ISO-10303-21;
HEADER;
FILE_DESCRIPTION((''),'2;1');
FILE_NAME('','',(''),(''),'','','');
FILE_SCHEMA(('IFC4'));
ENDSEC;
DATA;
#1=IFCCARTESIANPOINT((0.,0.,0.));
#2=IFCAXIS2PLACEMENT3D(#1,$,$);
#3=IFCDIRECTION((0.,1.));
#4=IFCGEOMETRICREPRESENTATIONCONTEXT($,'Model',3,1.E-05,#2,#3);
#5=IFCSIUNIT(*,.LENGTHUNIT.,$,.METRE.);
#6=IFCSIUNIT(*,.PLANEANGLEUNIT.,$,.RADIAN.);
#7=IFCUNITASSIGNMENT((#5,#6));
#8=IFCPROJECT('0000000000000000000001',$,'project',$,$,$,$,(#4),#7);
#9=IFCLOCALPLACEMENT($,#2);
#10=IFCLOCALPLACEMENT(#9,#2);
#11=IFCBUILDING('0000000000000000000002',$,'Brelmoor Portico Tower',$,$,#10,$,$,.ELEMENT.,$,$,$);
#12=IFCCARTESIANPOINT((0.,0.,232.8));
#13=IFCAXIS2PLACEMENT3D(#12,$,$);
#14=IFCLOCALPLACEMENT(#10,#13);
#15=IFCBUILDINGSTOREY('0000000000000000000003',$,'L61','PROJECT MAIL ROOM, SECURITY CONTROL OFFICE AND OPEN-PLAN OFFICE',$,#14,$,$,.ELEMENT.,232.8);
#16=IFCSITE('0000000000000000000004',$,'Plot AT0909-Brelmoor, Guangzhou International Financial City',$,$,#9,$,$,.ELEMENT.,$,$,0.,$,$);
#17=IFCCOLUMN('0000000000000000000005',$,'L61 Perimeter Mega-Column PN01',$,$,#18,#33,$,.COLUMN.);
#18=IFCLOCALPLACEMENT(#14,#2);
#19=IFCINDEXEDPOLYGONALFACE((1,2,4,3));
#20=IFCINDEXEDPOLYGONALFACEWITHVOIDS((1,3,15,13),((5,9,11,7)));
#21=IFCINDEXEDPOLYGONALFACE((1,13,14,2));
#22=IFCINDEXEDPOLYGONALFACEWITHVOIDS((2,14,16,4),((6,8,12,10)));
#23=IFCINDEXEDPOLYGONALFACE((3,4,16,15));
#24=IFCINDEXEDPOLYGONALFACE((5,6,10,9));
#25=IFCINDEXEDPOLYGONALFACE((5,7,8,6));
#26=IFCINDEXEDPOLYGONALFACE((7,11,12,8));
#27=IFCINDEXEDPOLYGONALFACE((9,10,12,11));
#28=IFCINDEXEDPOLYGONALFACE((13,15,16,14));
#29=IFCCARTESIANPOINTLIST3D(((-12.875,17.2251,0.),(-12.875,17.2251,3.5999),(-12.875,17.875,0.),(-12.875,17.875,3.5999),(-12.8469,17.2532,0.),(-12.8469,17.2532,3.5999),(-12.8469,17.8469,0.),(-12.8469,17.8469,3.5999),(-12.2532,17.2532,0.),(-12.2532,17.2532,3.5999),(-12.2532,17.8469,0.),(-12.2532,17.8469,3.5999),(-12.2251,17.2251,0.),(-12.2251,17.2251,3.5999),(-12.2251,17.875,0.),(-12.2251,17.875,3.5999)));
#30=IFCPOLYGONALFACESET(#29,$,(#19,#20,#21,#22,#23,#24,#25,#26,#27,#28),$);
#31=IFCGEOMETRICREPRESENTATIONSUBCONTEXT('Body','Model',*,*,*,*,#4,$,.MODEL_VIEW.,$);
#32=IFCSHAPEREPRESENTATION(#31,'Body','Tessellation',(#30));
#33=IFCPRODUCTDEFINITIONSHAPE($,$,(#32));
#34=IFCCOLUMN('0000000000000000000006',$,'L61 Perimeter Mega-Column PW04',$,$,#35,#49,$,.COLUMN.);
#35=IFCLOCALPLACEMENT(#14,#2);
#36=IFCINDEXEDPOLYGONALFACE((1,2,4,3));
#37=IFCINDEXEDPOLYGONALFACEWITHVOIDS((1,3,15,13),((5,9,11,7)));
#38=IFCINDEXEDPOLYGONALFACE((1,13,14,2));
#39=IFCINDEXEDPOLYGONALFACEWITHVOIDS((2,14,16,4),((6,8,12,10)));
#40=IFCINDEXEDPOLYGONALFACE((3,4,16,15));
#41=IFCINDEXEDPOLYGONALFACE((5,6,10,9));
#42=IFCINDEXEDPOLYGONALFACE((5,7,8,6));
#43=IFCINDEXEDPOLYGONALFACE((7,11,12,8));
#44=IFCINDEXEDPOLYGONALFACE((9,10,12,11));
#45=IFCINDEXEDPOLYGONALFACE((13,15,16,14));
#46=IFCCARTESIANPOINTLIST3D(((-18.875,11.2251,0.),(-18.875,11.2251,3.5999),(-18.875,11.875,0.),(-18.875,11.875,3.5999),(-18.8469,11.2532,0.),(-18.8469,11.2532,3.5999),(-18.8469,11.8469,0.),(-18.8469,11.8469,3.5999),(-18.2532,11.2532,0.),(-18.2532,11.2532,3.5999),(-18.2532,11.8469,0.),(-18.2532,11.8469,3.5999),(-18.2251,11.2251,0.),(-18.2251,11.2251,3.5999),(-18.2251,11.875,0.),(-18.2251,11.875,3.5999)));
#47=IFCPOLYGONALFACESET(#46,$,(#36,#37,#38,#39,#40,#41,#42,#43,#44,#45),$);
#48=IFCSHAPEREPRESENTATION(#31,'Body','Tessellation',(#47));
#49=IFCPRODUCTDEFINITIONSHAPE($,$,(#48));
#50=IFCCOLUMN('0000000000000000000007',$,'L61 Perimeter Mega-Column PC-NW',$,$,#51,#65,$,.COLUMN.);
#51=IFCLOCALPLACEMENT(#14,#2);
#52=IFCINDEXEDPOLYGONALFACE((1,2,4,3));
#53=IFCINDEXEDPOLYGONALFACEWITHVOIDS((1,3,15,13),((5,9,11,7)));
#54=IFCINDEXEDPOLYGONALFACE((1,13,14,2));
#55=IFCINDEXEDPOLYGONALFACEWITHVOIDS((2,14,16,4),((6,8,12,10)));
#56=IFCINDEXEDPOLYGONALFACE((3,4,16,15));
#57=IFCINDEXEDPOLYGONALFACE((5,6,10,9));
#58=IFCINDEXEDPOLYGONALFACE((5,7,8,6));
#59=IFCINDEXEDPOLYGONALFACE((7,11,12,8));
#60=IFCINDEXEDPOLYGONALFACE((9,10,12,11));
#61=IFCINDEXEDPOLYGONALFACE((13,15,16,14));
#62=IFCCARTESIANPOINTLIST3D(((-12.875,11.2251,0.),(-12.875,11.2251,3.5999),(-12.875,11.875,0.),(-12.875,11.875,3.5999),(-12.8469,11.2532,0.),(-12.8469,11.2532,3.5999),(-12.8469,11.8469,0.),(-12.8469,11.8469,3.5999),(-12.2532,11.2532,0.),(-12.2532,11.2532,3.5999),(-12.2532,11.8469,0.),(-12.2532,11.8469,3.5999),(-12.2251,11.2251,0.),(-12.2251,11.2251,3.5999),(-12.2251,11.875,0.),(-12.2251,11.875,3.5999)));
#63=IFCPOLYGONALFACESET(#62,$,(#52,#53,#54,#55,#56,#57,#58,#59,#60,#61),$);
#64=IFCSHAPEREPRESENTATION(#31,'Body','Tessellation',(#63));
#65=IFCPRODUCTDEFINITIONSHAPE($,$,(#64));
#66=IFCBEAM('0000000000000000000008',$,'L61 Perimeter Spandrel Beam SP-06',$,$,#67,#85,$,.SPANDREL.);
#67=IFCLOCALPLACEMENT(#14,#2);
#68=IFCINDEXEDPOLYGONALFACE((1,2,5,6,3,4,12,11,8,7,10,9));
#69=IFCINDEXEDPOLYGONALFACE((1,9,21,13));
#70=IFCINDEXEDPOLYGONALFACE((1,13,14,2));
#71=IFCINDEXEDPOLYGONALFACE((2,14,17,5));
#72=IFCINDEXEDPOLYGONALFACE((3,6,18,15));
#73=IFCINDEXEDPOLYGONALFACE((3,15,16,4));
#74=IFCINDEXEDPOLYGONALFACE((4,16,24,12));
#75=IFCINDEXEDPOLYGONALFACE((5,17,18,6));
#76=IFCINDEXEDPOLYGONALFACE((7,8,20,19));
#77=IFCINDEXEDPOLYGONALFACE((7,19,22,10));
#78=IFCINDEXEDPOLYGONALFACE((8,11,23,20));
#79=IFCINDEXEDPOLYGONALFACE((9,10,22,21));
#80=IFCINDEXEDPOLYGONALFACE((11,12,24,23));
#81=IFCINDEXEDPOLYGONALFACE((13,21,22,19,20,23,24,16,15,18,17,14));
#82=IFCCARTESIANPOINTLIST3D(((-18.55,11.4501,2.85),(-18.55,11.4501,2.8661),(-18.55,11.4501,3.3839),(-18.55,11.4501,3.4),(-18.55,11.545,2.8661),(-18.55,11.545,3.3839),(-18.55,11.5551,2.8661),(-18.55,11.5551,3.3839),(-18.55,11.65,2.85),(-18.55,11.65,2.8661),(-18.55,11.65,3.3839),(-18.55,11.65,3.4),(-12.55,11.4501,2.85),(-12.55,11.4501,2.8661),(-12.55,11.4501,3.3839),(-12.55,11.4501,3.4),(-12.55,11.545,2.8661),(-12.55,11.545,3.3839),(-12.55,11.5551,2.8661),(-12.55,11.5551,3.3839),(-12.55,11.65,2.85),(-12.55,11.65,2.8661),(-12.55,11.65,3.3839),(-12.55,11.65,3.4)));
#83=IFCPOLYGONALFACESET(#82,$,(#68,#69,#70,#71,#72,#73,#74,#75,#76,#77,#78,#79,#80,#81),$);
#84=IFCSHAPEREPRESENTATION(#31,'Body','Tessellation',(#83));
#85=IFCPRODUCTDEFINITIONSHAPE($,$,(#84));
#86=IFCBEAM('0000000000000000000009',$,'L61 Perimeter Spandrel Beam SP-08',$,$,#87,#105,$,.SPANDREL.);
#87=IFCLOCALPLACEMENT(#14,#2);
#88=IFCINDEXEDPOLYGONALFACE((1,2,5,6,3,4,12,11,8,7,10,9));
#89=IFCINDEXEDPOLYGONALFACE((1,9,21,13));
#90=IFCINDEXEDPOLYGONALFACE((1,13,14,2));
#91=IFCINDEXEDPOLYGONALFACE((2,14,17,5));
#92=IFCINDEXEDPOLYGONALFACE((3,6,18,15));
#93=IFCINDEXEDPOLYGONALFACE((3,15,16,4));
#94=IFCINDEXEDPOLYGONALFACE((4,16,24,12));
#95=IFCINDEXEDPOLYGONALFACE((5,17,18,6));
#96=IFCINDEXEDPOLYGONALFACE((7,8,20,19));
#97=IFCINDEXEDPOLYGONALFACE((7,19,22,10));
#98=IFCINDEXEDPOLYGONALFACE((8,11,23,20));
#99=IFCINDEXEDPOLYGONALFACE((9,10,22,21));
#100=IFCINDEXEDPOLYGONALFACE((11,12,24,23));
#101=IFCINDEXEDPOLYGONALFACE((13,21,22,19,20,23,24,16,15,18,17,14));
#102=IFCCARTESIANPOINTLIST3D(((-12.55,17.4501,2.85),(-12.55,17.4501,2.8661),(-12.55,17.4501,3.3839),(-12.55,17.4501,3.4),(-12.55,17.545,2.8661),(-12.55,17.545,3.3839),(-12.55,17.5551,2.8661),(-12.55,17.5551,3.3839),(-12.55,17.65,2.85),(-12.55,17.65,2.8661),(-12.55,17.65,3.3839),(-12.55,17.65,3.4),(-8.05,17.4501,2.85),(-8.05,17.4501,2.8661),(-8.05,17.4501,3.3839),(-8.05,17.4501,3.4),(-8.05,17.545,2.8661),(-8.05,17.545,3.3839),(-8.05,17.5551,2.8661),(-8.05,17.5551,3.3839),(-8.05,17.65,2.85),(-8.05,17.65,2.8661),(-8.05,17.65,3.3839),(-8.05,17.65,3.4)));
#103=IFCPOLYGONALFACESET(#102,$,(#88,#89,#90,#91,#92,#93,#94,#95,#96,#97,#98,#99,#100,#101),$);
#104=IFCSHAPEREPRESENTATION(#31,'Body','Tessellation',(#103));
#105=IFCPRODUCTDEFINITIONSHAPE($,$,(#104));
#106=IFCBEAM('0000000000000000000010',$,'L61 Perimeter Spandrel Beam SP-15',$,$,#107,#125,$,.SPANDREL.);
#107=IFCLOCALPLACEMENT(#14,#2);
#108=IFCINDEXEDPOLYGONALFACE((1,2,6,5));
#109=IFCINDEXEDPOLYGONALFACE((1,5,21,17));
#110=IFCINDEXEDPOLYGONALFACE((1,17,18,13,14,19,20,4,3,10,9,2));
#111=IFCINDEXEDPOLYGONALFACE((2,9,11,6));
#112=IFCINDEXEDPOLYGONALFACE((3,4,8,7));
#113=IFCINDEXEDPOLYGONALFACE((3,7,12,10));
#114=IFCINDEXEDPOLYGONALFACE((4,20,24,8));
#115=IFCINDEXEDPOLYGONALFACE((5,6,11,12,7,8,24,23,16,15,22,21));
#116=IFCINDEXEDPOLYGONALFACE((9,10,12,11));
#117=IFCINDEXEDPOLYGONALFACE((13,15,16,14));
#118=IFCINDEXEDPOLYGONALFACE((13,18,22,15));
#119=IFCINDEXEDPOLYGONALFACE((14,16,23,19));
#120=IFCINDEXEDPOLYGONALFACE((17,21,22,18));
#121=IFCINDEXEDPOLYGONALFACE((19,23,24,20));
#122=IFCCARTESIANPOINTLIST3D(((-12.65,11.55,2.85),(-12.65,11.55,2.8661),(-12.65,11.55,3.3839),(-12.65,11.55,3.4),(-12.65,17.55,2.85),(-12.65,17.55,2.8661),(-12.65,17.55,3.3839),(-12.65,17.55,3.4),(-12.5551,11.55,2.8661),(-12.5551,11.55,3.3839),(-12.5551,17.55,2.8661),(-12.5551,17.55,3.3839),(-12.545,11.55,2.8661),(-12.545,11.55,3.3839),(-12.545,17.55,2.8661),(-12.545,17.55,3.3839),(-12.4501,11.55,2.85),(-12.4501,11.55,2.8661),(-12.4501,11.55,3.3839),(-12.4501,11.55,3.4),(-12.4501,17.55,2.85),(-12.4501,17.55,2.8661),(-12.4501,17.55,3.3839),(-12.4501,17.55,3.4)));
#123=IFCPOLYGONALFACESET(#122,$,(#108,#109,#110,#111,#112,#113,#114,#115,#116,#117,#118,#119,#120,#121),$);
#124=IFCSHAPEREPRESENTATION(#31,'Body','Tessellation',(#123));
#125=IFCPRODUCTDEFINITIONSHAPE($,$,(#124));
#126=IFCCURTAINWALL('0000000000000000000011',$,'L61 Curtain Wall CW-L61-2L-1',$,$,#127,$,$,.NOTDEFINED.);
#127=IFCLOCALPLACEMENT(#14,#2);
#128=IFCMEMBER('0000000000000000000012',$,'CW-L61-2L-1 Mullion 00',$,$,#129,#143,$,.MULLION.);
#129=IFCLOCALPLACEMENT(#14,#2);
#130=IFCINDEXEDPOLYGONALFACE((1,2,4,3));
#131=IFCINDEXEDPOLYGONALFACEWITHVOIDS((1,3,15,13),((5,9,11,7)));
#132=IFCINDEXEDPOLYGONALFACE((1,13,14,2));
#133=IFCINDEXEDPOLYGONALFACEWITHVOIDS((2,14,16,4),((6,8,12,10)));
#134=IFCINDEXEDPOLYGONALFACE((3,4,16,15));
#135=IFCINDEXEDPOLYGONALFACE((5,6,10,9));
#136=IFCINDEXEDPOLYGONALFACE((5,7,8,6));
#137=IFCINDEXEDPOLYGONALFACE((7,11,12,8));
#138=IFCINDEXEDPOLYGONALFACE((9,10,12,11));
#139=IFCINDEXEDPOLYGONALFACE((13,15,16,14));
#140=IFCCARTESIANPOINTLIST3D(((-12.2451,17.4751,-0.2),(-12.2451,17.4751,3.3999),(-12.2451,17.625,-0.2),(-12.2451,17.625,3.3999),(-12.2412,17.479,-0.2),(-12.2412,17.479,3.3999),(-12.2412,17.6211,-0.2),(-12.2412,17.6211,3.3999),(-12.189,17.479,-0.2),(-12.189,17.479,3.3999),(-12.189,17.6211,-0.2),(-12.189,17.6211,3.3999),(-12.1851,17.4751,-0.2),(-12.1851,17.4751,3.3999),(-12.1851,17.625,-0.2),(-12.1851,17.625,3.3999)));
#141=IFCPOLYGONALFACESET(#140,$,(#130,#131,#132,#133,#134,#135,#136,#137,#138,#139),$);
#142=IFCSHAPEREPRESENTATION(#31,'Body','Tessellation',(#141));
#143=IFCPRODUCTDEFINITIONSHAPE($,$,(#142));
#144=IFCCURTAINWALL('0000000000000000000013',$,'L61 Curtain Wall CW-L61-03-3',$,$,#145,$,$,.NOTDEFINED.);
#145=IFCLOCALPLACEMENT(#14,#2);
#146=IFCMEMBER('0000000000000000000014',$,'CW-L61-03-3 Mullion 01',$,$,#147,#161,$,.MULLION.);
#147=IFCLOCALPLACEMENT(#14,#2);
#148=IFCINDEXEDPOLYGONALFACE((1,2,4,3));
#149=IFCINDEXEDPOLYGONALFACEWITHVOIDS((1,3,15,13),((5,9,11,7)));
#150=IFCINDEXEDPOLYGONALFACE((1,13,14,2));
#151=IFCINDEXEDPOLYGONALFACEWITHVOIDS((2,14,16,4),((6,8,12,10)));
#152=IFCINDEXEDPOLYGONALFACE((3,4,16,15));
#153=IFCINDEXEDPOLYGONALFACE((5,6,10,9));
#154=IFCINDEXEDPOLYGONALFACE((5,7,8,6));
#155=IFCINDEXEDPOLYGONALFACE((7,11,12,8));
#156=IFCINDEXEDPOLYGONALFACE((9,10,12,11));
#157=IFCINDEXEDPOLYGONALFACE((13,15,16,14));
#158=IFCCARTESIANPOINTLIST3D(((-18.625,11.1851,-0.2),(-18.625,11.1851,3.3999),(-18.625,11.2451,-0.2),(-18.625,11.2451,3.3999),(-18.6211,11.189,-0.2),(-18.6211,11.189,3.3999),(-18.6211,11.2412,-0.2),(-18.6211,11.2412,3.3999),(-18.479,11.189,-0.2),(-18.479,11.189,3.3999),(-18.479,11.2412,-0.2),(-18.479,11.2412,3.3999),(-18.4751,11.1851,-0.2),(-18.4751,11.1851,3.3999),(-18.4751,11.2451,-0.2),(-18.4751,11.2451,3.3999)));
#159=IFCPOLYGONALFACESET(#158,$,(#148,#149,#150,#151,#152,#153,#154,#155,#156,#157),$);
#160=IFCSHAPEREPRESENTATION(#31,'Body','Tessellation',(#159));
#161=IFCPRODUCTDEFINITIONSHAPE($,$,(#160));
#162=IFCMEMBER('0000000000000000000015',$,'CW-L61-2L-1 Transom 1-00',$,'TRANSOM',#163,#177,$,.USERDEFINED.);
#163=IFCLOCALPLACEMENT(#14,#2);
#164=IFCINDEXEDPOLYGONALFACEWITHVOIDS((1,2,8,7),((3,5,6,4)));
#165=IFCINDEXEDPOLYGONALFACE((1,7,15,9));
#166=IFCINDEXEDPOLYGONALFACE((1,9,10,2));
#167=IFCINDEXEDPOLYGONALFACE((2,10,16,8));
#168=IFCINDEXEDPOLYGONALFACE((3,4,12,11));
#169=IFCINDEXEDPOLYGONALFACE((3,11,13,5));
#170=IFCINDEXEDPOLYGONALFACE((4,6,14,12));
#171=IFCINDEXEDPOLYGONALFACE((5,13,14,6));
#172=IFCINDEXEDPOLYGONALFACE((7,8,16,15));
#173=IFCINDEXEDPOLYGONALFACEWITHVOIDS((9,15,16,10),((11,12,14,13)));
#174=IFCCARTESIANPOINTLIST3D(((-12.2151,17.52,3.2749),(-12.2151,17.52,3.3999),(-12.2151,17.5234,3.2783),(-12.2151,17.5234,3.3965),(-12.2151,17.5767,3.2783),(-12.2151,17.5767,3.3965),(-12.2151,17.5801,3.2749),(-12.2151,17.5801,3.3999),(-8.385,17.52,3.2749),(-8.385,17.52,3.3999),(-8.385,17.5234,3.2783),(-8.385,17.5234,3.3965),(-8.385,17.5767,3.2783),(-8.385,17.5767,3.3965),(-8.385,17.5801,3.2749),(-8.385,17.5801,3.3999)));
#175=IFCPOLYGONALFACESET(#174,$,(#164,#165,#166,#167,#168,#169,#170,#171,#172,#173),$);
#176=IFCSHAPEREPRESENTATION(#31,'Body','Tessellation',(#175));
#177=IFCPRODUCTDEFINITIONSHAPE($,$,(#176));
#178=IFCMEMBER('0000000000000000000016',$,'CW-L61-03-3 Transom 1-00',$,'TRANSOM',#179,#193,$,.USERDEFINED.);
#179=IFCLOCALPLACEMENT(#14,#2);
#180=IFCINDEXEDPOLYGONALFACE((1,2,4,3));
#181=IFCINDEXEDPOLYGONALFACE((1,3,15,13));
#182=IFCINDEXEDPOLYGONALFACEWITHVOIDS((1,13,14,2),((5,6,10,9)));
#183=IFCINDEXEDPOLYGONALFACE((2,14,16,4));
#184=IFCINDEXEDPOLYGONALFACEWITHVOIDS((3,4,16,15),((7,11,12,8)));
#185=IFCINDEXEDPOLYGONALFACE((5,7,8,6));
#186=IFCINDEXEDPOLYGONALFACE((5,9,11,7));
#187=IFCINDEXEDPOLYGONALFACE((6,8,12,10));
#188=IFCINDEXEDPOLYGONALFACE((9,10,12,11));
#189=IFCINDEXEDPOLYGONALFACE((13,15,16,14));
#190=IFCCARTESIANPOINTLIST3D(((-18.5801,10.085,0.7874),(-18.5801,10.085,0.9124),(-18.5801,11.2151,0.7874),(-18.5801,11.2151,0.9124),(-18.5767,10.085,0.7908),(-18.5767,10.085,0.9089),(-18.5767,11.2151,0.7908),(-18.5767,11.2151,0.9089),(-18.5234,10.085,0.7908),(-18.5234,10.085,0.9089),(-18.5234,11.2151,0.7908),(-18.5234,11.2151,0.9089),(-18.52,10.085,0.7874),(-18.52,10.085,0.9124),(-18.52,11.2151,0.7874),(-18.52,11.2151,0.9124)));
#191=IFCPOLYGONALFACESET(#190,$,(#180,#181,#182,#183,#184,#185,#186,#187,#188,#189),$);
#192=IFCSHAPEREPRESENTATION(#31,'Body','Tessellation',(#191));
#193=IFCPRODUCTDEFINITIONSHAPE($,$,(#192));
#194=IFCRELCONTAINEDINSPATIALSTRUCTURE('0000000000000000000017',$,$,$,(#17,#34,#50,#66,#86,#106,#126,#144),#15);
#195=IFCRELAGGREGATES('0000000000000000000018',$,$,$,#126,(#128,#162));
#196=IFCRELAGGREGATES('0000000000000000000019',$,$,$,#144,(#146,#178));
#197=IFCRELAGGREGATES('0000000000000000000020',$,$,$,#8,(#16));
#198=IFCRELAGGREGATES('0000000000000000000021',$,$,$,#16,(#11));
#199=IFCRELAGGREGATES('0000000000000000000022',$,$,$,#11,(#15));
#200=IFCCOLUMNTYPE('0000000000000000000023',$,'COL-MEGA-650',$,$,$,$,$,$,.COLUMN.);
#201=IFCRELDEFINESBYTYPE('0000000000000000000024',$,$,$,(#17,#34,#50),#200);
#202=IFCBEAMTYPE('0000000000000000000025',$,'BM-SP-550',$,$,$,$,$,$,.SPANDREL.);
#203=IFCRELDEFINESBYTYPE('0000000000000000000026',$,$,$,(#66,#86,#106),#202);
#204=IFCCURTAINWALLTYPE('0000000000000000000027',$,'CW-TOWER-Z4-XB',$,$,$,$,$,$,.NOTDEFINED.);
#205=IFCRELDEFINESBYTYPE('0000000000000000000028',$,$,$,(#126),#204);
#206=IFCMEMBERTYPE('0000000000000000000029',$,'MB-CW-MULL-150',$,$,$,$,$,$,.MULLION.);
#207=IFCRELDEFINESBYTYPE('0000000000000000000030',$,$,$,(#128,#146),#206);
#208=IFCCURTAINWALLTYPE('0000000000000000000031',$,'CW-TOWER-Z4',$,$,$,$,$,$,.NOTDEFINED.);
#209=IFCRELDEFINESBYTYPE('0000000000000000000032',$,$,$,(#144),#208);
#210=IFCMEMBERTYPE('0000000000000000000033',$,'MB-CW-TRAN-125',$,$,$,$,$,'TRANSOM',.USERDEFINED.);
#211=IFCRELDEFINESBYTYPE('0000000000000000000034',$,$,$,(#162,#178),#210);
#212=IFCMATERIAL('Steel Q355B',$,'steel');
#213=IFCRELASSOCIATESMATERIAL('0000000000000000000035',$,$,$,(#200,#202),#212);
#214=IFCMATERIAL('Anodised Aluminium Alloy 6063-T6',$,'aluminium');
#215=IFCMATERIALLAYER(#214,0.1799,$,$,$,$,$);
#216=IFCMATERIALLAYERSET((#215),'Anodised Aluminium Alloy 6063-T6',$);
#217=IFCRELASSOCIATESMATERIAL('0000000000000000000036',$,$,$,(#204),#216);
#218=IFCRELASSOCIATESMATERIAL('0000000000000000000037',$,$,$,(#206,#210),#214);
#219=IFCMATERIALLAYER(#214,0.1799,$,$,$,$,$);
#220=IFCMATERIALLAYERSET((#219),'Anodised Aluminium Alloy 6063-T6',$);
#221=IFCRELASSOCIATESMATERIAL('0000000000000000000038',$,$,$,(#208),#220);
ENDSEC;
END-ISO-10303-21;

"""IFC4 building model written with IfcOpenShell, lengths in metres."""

from ifc_helpers import new_model, si_unit, direction, frame, origin, origin_2d, place, context, subcontext, project, spatial, hollow_rectangle, i_section, extrude, material, layer, layer_set, material_profile, profile_set, type_object, element, aggregate, save


model = new_model("IFC4")

# Units and contexts
model_context = context("Model", 3, precision=1e-05, world=origin(), true_north=direction((0.0, 1.0)))
body_context = subcontext(model_context, "Body", "Model", "MODEL_VIEW")
ifc_project = project(units=[si_unit("LENGTHUNIT", "METRE"), si_unit("PLANEANGLEUNIT", "RADIAN")], contexts=[model_context])

# Site, building, storey
site_placement = place(None, origin())
site = spatial("IfcSite", under=ifc_project, at=site_placement, Name="Plot AT0909-Brelmoor, Guangzhou International Financial City", CompositionType="ELEMENT", RefElevation=0.0)
building_placement = place(site_placement, origin())
building = spatial("IfcBuilding", under=site, at=building_placement, Name="Brelmoor Portico Tower", CompositionType="ELEMENT")
storey_placement = place(building_placement, frame((0.0, 0.0, 232.8)))
storey = spatial("IfcBuildingStorey", under=building, at=storey_placement, Name="L61", Description="PROJECT MAIL ROOM, SECURITY CONTROL OFFICE AND OPEN-PLAN OFFICE", CompositionType="ELEMENT", Elevation=232.8)

# Columns
ifc_material_1 = material(Name="Steel Q355B", Category="steel")
ifc_material_profile_1 = material_profile(ifc_material_1, hollow_rectangle(XDim=0.6499, YDim=0.6499, WallThickness=0.0281, at=origin_2d()), Name="BOX 650x650x28")
ifc_profile_set_1 = profile_set([ifc_material_profile_1], Name="Steel Q355B")
column_type = type_object("IfcColumnType", Name="COL-MEGA-650", PredefinedType="COLUMN", material=ifc_profile_set_1)
for number, where, z_axis, x_axis, name in (
    (1, (-12.55, 17.55, 0.0), (0.0, 0.0, 1.0), (1.0, 0.0, 0.0), "L61 Perimeter Mega-Column PN01"),
    (2, (-18.55, 11.55, 0.0), (0.0, 0.0, 1.0), (0.0, 1.0, 0.0), "L61 Perimeter Mega-Column PW04"),
    (3, (-12.55, 11.55, 0.0), (0.0, 0.0, 1.0), (1.0, 0.0, 0.0), "L61 Perimeter Mega-Column PC-NW"),
):
    element("IfcColumn", number, at=place(storey_placement, frame(where, z_axis=z_axis, x_axis=x_axis)), inside=storey, type_object=column_type, Name=name, PredefinedType="COLUMN", context=body_context, shape_type="SweptSolid", body=[
        extrude(hollow_rectangle(XDim=0.6499, YDim=0.6499, WallThickness=0.0281, at=origin_2d()), origin(), (0.0, 0.0, 1.0), 3.5999),
    ])

# Beams
ifc_material_profile_2 = material_profile(ifc_material_1, i_section(OverallWidth=0.2, OverallDepth=0.55, WebThickness=0.01, FlangeThickness=0.0161, at=origin_2d()), Name="HN 550x200x10x16")
ifc_profile_set_2 = profile_set([ifc_material_profile_2], Name="Steel Q355B")
beam_type = type_object("IfcBeamType", Name="BM-SP-550", PredefinedType="SPANDREL", material=ifc_profile_set_2)
beam_1_placement = place(storey_placement, frame((-18.55, 11.55, 3.125), z_axis=(1.0, 0.0, 0.0), x_axis=(0.0, 1.0, 0.0)))
element("IfcBeam", 4, at=beam_1_placement, inside=storey, type_object=beam_type, Name="L61 Perimeter Spandrel Beam SP-06", PredefinedType="SPANDREL", context=body_context, shape_type="SweptSolid", body=[
    extrude(i_section(OverallWidth=0.2, OverallDepth=0.55, WebThickness=0.01, FlangeThickness=0.0161, at=origin_2d()), origin(), (0.0, 0.0, 1.0), 6.0),
])
beam_2_placement = place(storey_placement, frame((-12.55, 17.55, 3.125), z_axis=(1.0, 0.0, 0.0), x_axis=(0.0, 1.0, 0.0)))
element("IfcBeam", 5, at=beam_2_placement, inside=storey, type_object=beam_type, Name="L61 Perimeter Spandrel Beam SP-08", PredefinedType="SPANDREL", context=body_context, shape_type="SweptSolid", body=[
    extrude(i_section(OverallWidth=0.2, OverallDepth=0.55, WebThickness=0.01, FlangeThickness=0.0161, at=origin_2d()), origin(), (0.0, 0.0, 1.0), 4.5),
])
beam_3_placement = place(storey_placement, frame((-12.55, 11.55, 3.125), z_axis=(0.0, 1.0, 0.0), x_axis=(-1.0, 0.0, 0.0)))
element("IfcBeam", 6, at=beam_3_placement, inside=storey, type_object=beam_type, Name="L61 Perimeter Spandrel Beam SP-15", PredefinedType="SPANDREL", context=body_context, shape_type="SweptSolid", body=[
    extrude(i_section(OverallWidth=0.2, OverallDepth=0.55, WebThickness=0.01, FlangeThickness=0.0161, at=origin_2d()), origin(), (0.0, 0.0, 1.0), 6.0),
])

# Curtain walls, members
ifc_material_2 = material(Name="Anodised Aluminium Alloy 6063-T6", Category="aluminium")
ifc_layer_1 = layer(ifc_material_2, 0.1799)
ifc_layer_set_1 = layer_set([ifc_layer_1], Name="Anodised Aluminium Alloy 6063-T6")
curtain_wall_type_1 = type_object("IfcCurtainWallType", Name="CW-TOWER-Z4-XB", PredefinedType="NOTDEFINED", material=ifc_layer_set_1)
curtain_wall_1_placement = place(storey_placement, origin())
curtain_wall_1 = element("IfcCurtainWall", 7, at=curtain_wall_1_placement, inside=storey, type_object=curtain_wall_type_1, Name="L61 Curtain Wall CW-L61-2L-1", PredefinedType="NOTDEFINED")
ifc_material_profile_3 = material_profile(ifc_material_2, hollow_rectangle(XDim=0.0601, YDim=0.1499, WallThickness=0.0039, at=origin_2d()), Name="ALU MULLION 60x150")
ifc_profile_set_3 = profile_set([ifc_material_profile_3], Name="Anodised Aluminium Alloy 6063-T6")
member_type_1 = type_object("IfcMemberType", Name="MB-CW-MULL-150", PredefinedType="MULLION", material=ifc_profile_set_3)
member_1_placement = place(storey_placement, frame((-12.2151, 17.55, -0.2), z_axis=(0.0, 0.0, 1.0), x_axis=(1.0, 0.0, 0.0)))
member_1 = element("IfcMember", 8, at=member_1_placement, type_object=member_type_1, Name="CW-L61-2L-1 Mullion 00", PredefinedType="MULLION", context=body_context, shape_type="SweptSolid", body=[
    extrude(hollow_rectangle(XDim=0.0601, YDim=0.1499, WallThickness=0.0039, at=origin_2d()), origin(), (0.0, 0.0, 1.0), 3.5999),
])
ifc_layer_2 = layer(ifc_material_2, 0.1799)
ifc_layer_set_2 = layer_set([ifc_layer_2], Name="Anodised Aluminium Alloy 6063-T6")
curtain_wall_type_2 = type_object("IfcCurtainWallType", Name="CW-TOWER-Z4", PredefinedType="NOTDEFINED", material=ifc_layer_set_2)
curtain_wall_2_placement = place(storey_placement, origin())
curtain_wall_2 = element("IfcCurtainWall", 9, at=curtain_wall_2_placement, inside=storey, type_object=curtain_wall_type_2, Name="L61 Curtain Wall CW-L61-03-3", PredefinedType="NOTDEFINED")
member_2_placement = place(storey_placement, frame((-18.55, 11.2151, -0.2), z_axis=(0.0, 0.0, 1.0), x_axis=(0.0, 1.0, 0.0)))
member_2 = element("IfcMember", 10, at=member_2_placement, type_object=member_type_1, Name="CW-L61-03-3 Mullion 01", PredefinedType="MULLION", context=body_context, shape_type="SweptSolid", body=[
    extrude(hollow_rectangle(XDim=0.0601, YDim=0.1499, WallThickness=0.0039, at=origin_2d()), origin(), (0.0, 0.0, 1.0), 3.5999),
])

# Members
ifc_material_profile_4 = material_profile(ifc_material_2, hollow_rectangle(XDim=0.0601, YDim=0.125, WallThickness=0.0034, at=origin_2d()), Name="ALU TRANSOM 60x125")
ifc_profile_set_4 = profile_set([ifc_material_profile_4], Name="Anodised Aluminium Alloy 6063-T6")
member_type_2 = type_object("IfcMemberType", Name="MB-CW-TRAN-125", ElementType="TRANSOM", PredefinedType="USERDEFINED", material=ifc_profile_set_4)
member_3_placement = place(storey_placement, frame((-12.2151, 17.55, 3.3374), z_axis=(1.0, 0.0, 0.0), x_axis=(0.0, 1.0, 0.0)))
member_3 = element("IfcMember", 11, at=member_3_placement, type_object=member_type_2, Name="CW-L61-2L-1 Transom 1-00", ObjectType="TRANSOM", PredefinedType="USERDEFINED", context=body_context, shape_type="SweptSolid", body=[
    extrude(hollow_rectangle(XDim=0.0601, YDim=0.125, WallThickness=0.0034, at=origin_2d()), origin(), (0.0, 0.0, 1.0), 3.8301),
])
member_4_placement = place(storey_placement, frame((-18.55, 10.085, 0.8499), z_axis=(0.0, 1.0, 0.0), x_axis=(-1.0, 0.0, 0.0)))
member_4 = element("IfcMember", 12, at=member_4_placement, type_object=member_type_2, Name="CW-L61-03-3 Transom 1-00", ObjectType="TRANSOM", PredefinedType="USERDEFINED", context=body_context, shape_type="SweptSolid", body=[
    extrude(hollow_rectangle(XDim=0.0601, YDim=0.125, WallThickness=0.0034, at=origin_2d()), origin(), (0.0, 0.0, 1.0), 1.1301),
])

aggregate(curtain_wall_1, [member_1, member_3])
aggregate(curtain_wall_2, [member_2, member_4])

save(model, "model.ifc")
